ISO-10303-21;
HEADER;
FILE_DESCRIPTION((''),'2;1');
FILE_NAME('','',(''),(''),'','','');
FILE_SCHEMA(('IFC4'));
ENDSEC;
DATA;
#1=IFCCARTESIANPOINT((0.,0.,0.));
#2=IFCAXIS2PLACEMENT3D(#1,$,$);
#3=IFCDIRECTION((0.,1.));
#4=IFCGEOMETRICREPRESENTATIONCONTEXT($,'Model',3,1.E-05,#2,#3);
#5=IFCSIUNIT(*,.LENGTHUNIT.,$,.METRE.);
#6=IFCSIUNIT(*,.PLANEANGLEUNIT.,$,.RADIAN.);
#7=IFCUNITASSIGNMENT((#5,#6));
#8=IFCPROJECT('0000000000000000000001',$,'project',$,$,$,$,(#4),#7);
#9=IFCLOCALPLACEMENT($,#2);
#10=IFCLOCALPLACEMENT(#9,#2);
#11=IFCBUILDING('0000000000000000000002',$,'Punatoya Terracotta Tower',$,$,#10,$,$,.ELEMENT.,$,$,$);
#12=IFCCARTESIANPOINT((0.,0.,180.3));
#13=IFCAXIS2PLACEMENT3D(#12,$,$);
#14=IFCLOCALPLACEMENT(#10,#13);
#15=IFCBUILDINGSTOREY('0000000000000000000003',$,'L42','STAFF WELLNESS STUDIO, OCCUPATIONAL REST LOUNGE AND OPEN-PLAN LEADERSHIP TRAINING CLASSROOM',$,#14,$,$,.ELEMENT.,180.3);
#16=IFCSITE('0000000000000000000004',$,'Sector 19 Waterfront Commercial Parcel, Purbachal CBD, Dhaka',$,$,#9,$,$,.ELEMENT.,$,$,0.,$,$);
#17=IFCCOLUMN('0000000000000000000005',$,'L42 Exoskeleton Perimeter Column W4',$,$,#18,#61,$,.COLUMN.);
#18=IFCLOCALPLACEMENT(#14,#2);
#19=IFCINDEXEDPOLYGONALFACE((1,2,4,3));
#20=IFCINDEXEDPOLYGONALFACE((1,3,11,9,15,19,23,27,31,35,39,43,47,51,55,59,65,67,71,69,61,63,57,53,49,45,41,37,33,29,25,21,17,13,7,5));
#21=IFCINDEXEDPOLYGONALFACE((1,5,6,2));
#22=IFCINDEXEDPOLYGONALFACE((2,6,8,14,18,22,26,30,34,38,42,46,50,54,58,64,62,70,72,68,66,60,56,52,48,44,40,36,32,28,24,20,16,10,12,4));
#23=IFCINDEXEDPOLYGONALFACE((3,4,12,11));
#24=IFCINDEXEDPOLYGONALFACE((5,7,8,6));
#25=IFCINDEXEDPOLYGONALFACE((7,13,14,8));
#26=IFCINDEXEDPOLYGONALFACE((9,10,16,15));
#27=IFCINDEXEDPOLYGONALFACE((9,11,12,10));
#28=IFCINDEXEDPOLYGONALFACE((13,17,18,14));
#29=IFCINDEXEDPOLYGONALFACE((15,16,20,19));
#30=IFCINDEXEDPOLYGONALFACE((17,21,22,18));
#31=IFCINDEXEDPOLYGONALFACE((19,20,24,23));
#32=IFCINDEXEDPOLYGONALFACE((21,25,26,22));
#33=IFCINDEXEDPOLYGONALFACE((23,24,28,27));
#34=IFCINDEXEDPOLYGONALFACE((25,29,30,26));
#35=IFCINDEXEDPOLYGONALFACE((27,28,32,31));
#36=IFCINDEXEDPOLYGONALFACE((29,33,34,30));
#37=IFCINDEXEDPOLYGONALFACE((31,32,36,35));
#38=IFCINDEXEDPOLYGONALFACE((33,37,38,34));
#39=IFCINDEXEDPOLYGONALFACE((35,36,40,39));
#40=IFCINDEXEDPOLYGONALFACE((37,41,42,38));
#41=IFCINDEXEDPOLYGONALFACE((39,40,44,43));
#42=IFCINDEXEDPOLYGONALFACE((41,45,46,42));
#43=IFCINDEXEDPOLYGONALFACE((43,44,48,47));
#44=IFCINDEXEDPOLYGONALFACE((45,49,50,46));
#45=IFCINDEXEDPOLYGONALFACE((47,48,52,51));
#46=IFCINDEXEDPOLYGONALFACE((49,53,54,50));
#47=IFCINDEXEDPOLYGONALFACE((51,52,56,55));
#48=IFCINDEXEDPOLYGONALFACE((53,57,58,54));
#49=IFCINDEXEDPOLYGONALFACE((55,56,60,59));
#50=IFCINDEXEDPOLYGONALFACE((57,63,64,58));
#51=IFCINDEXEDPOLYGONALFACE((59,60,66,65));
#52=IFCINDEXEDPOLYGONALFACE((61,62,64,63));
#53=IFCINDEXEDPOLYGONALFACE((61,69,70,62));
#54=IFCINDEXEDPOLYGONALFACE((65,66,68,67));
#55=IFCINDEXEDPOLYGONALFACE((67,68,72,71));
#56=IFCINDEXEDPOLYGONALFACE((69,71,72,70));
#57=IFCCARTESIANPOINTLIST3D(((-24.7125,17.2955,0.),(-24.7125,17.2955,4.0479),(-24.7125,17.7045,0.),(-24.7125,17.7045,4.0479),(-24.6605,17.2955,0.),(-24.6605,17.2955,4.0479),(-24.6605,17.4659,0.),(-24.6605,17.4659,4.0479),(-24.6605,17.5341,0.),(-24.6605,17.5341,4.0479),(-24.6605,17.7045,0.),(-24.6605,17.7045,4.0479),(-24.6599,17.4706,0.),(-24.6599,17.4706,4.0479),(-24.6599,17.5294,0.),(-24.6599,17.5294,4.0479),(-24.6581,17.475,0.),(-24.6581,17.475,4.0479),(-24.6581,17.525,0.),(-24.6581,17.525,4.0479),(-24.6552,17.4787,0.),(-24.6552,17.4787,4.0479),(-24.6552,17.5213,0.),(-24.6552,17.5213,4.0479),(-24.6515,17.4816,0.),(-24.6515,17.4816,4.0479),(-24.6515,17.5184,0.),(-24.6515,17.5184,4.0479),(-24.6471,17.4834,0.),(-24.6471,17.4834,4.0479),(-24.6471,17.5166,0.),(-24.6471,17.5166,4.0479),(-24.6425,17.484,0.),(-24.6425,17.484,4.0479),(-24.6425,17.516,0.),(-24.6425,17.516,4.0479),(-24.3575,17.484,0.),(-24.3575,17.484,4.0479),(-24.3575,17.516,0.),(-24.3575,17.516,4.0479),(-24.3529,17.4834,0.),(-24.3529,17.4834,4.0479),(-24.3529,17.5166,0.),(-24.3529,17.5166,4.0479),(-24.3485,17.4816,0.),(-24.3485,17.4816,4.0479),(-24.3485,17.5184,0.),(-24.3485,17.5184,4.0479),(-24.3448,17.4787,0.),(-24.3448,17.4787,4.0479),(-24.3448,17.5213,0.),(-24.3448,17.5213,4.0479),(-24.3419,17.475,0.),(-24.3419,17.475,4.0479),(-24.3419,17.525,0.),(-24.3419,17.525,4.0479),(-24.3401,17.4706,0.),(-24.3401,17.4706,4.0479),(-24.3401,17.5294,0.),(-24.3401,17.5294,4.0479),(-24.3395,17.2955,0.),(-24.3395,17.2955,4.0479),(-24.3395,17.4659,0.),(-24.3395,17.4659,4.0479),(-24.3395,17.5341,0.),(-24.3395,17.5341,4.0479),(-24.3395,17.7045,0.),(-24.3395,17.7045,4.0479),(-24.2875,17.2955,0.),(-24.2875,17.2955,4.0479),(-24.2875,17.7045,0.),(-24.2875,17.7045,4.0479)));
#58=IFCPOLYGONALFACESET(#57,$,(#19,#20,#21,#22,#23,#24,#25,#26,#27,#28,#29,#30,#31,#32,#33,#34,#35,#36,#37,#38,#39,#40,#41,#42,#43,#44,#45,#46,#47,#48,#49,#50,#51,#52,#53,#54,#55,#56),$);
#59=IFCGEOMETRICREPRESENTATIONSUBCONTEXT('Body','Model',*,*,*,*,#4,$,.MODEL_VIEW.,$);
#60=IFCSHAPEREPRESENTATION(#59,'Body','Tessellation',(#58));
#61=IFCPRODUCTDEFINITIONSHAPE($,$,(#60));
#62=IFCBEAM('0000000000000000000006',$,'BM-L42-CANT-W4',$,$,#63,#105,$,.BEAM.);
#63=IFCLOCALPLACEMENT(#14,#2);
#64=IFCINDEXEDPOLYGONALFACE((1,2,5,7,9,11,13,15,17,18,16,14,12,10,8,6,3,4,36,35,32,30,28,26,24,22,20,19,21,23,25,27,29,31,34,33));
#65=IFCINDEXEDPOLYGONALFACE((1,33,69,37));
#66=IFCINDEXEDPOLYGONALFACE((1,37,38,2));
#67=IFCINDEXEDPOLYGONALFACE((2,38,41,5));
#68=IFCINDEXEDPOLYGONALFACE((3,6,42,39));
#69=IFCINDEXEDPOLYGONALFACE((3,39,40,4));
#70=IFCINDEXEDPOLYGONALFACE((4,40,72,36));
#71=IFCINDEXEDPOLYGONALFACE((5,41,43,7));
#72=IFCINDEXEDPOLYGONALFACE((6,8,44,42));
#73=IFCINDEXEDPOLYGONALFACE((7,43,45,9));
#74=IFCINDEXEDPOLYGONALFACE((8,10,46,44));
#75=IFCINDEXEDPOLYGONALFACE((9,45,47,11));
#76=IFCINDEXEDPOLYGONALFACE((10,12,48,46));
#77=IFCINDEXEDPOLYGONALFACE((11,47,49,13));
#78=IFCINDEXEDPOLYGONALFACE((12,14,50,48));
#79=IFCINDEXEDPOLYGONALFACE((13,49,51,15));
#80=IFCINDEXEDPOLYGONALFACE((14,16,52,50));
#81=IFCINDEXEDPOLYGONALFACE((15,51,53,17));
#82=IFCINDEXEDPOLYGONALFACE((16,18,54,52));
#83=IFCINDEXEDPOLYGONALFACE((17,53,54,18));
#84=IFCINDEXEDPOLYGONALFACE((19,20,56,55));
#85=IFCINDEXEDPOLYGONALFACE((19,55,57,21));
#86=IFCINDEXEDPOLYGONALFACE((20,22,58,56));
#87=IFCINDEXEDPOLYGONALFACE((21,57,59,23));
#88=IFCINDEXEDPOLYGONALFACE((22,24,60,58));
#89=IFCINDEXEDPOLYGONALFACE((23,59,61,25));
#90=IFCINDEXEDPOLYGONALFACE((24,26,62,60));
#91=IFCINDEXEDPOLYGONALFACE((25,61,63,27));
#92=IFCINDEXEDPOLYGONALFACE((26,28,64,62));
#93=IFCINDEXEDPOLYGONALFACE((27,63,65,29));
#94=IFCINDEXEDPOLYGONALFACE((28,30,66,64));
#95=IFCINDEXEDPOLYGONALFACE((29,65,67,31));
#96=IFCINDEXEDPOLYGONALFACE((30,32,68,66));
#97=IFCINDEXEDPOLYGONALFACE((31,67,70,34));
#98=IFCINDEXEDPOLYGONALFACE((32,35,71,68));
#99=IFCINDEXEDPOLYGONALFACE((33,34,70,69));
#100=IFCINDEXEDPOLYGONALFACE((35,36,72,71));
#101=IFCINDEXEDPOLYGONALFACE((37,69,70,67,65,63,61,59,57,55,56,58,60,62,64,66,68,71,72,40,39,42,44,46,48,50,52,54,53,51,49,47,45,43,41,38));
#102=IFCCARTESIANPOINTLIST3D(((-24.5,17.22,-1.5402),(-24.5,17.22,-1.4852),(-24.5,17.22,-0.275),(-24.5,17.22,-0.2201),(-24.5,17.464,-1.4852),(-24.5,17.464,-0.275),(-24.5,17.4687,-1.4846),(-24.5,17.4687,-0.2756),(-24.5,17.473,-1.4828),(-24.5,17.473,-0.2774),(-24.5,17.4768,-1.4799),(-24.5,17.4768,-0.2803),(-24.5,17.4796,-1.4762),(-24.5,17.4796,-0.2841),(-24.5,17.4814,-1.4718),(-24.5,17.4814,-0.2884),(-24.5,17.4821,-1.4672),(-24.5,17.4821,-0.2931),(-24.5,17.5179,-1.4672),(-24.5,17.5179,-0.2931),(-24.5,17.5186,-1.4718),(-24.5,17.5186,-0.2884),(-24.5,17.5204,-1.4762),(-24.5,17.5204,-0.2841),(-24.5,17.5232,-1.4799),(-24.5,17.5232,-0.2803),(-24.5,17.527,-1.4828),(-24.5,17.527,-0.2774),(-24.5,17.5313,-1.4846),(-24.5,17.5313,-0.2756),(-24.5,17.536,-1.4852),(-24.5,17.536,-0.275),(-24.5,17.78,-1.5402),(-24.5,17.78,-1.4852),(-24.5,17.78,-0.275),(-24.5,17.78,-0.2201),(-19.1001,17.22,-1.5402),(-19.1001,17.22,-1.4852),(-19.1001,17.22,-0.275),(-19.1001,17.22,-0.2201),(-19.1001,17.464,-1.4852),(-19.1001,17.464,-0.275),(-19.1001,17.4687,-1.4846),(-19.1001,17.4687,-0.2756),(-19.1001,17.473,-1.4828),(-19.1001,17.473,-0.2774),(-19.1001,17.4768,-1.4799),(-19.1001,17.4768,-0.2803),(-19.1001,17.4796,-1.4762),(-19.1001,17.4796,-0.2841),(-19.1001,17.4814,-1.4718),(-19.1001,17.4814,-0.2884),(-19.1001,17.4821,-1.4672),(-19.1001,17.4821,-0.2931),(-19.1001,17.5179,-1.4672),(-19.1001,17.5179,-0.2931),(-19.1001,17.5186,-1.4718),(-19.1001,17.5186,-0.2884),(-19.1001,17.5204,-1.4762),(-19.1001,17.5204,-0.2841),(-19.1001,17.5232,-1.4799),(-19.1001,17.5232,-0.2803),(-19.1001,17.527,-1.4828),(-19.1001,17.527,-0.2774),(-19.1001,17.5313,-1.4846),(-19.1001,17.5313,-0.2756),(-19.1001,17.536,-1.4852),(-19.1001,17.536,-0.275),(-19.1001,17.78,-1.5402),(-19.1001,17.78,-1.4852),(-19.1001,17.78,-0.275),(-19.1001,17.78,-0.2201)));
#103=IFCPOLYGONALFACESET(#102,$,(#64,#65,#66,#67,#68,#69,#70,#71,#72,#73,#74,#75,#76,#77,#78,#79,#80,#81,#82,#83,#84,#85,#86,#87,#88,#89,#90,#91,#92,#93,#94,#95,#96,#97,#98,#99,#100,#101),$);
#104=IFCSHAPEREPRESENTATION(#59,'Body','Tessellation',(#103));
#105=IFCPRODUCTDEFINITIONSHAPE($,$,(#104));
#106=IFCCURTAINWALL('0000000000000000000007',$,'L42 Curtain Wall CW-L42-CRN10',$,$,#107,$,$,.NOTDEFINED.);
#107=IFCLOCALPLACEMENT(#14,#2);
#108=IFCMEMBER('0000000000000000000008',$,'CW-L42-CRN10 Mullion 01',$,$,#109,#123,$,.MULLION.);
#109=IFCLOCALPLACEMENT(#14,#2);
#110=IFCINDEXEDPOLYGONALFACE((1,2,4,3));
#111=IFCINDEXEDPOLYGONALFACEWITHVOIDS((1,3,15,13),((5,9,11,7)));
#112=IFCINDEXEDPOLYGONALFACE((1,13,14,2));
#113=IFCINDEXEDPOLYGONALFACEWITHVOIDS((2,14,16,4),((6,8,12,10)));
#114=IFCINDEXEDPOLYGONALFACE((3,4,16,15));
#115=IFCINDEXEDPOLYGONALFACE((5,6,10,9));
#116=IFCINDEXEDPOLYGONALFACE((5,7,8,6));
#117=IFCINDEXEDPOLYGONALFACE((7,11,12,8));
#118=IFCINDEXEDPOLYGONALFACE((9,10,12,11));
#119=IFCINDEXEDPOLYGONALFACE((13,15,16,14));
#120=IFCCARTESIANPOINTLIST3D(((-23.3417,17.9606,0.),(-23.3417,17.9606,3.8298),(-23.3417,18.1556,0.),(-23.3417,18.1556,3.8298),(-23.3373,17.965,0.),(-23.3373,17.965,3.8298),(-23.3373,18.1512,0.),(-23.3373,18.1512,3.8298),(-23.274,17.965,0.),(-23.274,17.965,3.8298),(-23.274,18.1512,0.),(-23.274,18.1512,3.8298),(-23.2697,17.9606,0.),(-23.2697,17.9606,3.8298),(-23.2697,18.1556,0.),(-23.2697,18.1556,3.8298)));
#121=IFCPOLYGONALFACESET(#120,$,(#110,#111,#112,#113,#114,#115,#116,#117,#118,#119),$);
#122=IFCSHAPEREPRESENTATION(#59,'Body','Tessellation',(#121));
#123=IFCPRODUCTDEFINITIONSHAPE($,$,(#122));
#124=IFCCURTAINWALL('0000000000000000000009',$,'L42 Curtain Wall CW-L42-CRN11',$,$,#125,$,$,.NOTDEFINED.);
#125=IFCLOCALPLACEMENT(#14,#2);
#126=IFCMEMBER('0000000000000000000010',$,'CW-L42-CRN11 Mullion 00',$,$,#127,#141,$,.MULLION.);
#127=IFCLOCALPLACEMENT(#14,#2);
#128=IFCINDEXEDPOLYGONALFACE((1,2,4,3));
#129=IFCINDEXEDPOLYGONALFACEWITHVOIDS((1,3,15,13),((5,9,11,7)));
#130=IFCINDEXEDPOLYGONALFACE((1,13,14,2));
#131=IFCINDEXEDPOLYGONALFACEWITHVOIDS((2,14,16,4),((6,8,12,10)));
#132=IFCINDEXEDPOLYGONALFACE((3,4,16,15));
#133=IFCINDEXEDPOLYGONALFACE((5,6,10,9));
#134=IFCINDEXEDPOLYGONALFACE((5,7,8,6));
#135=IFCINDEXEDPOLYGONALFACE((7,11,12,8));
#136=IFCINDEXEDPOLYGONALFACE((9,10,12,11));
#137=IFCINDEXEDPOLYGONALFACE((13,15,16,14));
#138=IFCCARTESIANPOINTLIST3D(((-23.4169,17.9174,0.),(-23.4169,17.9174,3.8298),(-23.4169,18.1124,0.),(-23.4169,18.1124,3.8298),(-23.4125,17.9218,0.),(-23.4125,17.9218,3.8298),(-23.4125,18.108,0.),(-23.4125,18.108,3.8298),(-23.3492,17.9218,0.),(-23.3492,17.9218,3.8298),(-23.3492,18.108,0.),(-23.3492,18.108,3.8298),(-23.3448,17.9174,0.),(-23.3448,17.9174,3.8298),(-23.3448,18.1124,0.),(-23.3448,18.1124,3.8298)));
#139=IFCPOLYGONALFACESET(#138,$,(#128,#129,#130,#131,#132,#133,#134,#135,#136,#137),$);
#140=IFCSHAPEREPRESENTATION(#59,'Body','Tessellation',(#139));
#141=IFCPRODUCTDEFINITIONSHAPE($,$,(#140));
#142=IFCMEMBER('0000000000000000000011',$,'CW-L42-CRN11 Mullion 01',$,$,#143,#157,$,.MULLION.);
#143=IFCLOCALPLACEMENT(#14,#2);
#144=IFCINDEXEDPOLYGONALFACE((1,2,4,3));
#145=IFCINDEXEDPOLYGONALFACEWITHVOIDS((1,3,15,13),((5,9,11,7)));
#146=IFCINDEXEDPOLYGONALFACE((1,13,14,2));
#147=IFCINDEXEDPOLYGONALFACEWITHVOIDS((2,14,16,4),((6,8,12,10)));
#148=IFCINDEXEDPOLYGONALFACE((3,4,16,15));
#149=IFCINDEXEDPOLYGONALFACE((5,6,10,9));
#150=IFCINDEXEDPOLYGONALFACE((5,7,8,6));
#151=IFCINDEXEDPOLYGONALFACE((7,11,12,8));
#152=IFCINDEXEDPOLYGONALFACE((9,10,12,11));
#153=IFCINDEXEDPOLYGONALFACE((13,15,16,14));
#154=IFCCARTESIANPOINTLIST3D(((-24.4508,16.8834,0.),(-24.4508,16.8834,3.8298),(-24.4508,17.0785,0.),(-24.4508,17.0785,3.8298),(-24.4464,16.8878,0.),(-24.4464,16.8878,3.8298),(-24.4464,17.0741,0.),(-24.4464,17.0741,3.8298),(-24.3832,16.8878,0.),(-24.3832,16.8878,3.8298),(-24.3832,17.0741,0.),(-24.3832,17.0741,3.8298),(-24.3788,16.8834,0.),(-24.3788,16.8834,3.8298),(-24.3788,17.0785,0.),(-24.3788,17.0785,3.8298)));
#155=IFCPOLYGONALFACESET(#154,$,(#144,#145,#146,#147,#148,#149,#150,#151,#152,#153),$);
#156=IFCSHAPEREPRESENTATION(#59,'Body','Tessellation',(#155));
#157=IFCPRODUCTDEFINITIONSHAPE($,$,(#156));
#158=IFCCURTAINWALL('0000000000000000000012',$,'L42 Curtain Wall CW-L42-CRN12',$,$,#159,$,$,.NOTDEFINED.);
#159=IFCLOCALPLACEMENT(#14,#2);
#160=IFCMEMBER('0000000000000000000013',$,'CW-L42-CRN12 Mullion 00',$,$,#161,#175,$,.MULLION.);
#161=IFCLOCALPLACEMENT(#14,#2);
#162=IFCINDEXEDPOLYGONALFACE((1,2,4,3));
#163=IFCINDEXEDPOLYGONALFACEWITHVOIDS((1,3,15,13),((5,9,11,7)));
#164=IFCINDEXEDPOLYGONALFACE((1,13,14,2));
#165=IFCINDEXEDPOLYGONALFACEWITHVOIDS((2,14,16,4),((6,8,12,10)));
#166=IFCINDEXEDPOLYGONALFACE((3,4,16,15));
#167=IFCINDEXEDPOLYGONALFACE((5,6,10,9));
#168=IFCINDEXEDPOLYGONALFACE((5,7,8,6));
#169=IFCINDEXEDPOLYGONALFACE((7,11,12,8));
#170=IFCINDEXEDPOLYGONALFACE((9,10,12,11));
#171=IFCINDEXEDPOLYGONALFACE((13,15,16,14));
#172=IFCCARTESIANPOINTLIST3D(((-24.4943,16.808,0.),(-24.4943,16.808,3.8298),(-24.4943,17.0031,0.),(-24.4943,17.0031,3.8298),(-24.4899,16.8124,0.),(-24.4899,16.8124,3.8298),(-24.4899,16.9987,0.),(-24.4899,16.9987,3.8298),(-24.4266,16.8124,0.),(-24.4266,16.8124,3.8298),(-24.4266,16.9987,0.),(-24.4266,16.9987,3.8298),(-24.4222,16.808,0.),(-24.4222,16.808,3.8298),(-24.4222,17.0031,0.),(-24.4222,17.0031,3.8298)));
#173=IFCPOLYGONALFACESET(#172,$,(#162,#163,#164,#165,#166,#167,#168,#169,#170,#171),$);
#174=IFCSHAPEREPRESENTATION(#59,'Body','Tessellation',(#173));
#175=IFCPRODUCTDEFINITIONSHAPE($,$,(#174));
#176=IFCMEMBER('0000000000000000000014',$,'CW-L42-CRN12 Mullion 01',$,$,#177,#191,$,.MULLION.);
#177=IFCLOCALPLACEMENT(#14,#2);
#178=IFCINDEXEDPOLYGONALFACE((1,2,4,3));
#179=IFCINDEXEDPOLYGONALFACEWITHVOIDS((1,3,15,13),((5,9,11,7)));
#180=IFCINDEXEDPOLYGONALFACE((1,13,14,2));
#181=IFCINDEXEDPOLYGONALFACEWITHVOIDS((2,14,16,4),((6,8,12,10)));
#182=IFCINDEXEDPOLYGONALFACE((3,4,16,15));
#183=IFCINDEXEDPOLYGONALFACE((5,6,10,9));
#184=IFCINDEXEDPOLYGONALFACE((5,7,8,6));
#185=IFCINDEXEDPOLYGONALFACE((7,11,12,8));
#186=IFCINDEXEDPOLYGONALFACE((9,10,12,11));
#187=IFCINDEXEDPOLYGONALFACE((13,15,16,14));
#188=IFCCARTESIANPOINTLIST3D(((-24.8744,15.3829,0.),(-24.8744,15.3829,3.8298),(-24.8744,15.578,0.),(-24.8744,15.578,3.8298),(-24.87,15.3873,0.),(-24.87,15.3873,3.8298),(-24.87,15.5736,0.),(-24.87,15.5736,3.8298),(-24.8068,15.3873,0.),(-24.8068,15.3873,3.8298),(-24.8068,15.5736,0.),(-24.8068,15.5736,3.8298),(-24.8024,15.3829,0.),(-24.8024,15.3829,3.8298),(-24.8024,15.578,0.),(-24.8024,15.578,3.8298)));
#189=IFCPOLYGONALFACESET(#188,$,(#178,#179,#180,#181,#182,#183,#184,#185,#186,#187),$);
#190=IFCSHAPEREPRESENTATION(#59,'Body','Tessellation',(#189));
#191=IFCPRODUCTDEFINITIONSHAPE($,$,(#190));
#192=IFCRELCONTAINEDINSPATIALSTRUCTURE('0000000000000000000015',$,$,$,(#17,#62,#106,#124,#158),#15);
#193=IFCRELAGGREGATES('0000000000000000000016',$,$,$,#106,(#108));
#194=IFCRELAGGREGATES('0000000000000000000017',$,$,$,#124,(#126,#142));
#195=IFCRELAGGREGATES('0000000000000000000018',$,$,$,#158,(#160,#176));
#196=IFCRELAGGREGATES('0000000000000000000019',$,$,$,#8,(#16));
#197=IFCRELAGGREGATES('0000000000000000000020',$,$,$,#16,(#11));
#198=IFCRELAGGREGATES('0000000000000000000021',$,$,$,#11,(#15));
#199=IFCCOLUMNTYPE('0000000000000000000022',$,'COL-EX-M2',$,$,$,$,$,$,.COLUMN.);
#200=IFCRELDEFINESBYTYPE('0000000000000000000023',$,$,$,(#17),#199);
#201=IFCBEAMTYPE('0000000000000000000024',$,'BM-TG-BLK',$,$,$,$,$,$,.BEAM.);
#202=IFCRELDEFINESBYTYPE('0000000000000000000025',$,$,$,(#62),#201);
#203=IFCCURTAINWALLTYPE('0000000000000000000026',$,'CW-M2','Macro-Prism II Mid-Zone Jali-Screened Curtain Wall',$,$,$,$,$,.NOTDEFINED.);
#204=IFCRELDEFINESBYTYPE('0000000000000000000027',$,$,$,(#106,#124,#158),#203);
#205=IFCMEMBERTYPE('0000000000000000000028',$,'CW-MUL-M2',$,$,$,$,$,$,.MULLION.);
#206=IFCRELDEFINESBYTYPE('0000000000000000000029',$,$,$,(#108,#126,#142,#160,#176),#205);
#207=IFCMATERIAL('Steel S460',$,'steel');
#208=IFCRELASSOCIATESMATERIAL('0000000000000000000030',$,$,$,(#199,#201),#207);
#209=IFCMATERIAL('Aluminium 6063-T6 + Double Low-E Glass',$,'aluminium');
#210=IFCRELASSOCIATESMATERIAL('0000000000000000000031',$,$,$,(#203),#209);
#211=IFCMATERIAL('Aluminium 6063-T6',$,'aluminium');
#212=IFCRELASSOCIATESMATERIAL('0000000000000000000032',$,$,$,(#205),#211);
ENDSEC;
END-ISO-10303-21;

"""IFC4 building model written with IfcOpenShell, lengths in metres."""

from ifc_helpers import new_model, si_unit, direction, frame, origin, origin_2d, place, context, subcontext, project, spatial, hollow_rectangle, i_section, extrude, material, material_profile, profile_set, type_object, element, aggregate, save


model = new_model("IFC4")

# Units and contexts
model_context = context("Model", 3, precision=1e-05, world=origin(), true_north=direction((0.0, 1.0)))
body_context = subcontext(model_context, "Body", "Model", "MODEL_VIEW")
ifc_project = project(units=[si_unit("LENGTHUNIT", "METRE"), si_unit("PLANEANGLEUNIT", "RADIAN")], contexts=[model_context])

# Site, building, storey
site_placement = place(None, origin())
site = spatial("IfcSite", under=ifc_project, at=site_placement, Name="Sector 19 Waterfront Commercial Parcel, Purbachal CBD, Dhaka", CompositionType="ELEMENT", RefElevation=0.0)
building_placement = place(site_placement, origin())
building = spatial("IfcBuilding", under=site, at=building_placement, Name="Punatoya Terracotta Tower", CompositionType="ELEMENT")
storey_placement = place(building_placement, frame((0.0, 0.0, 180.3)))
storey = spatial("IfcBuildingStorey", under=building, at=storey_placement, Name="L42", Description="STAFF WELLNESS STUDIO, OCCUPATIONAL REST LOUNGE AND OPEN-PLAN LEADERSHIP TRAINING CLASSROOM", CompositionType="ELEMENT", Elevation=180.3)

# Column
ifc_material_1 = material(Name="Steel S460", Category="steel")
ifc_material_profile_1 = material_profile(ifc_material_1, i_section(OverallWidth=0.4089, OverallDepth=0.425, WebThickness=0.032, FlangeThickness=0.052, FilletRadius=0.0181, at=origin_2d()))
ifc_profile_set_1 = profile_set([ifc_material_profile_1], Name="Steel S460")
column_type = type_object("IfcColumnType", Name="COL-EX-M2", PredefinedType="COLUMN", material=ifc_profile_set_1)
column_placement = place(storey_placement, frame((-24.5, 17.5, 0.0), z_axis=(0.0, 0.0, 1.0), x_axis=(0.0, 1.0, 0.0)))
element("IfcColumn", 1, at=column_placement, inside=storey, type_object=column_type, Name="L42 Exoskeleton Perimeter Column W4", PredefinedType="COLUMN", context=body_context, shape_type="SweptSolid", body=[
    extrude(i_section(OverallWidth=0.4089, OverallDepth=0.425, WebThickness=0.032, FlangeThickness=0.052, FilletRadius=0.0181, at=origin_2d()), origin(), (0.0, 0.0, 1.0), 4.0479),
])

# Beam
ifc_material_profile_2 = material_profile(ifc_material_1, i_section(OverallWidth=0.5601, OverallDepth=1.3201, WebThickness=0.0359, FlangeThickness=0.0549, FilletRadius=0.0181, at=origin_2d()))
ifc_profile_set_2 = profile_set([ifc_material_profile_2], Name="Steel S460")
beam_type = type_object("IfcBeamType", Name="BM-TG-BLK", PredefinedType="BEAM", material=ifc_profile_set_2)
beam_placement = place(storey_placement, frame((-24.5, 17.5, -0.8801), z_axis=(1.0, 0.0, 0.0), x_axis=(0.0, 1.0, 0.0)))
element("IfcBeam", 2, at=beam_placement, inside=storey, type_object=beam_type, Name="BM-L42-CANT-W4", PredefinedType="BEAM", context=body_context, shape_type="SweptSolid", body=[
    extrude(i_section(OverallWidth=0.5601, OverallDepth=1.3201, WebThickness=0.0359, FlangeThickness=0.0549, FilletRadius=0.0181, at=origin_2d()), origin(), (0.0, 0.0, 1.0), 5.3999),
])

# Curtain wall, member
ifc_material_2 = material(Name="Aluminium 6063-T6 + Double Low-E Glass", Category="aluminium")
curtain_wall_type = type_object("IfcCurtainWallType", Name="CW-M2", Description="Macro-Prism II Mid-Zone Jali-Screened Curtain Wall", PredefinedType="NOTDEFINED", material=ifc_material_2)
curtain_wall_1_placement = place(storey_placement, origin())
curtain_wall_1 = element("IfcCurtainWall", 3, at=curtain_wall_1_placement, inside=storey, type_object=curtain_wall_type, Name="L42 Curtain Wall CW-L42-CRN10", PredefinedType="NOTDEFINED")
ifc_material_3 = material(Name="Aluminium 6063-T6", Category="aluminium")
ifc_material_profile_3 = material_profile(ifc_material_3, hollow_rectangle(XDim=0.072, YDim=0.1951, WallThickness=0.0044, at=origin_2d()))
ifc_profile_set_3 = profile_set([ifc_material_profile_3], Name="Aluminium 6063-T6")
member_type_1 = type_object("IfcMemberType", Name="CW-MUL-M2", PredefinedType="MULLION", material=ifc_profile_set_3)
member_1_placement = place(storey_placement, frame((-23.3057, 18.0581, 0.0), z_axis=(0.0, 0.0, 1.0), x_axis=(1.0, 0.0, 0.0)))
member_1 = element("IfcMember", 4, at=member_1_placement, type_object=member_type_1, Name="CW-L42-CRN10 Mullion 01", PredefinedType="MULLION", context=body_context, shape_type="SweptSolid", body=[
    extrude(hollow_rectangle(XDim=0.072, YDim=0.1951, WallThickness=0.0044, at=origin_2d()), origin(), (0.0, 0.0, 1.0), 3.8298),
])

# Curtain walls, members
curtain_wall_2_placement = place(storey_placement, origin())
curtain_wall_2 = element("IfcCurtainWall", 5, at=curtain_wall_2_placement, inside=storey, type_object=curtain_wall_type, Name="L42 Curtain Wall CW-L42-CRN11", PredefinedType="NOTDEFINED")
member_2_placement = place(storey_placement, frame((-23.3809, 18.0149, 0.0), z_axis=(0.0, 0.0, 1.0), x_axis=(1.0, 0.0, 0.0)))
member_2 = element("IfcMember", 6, at=member_2_placement, type_object=member_type_1, Name="CW-L42-CRN11 Mullion 00", PredefinedType="MULLION", context=body_context, shape_type="SweptSolid", body=[
    extrude(hollow_rectangle(XDim=0.072, YDim=0.1951, WallThickness=0.0044, at=origin_2d()), origin(), (0.0, 0.0, 1.0), 3.8298),
])
member_3_placement = place(storey_placement, frame((-24.4148, 16.981, 0.0), z_axis=(0.0, 0.0, 1.0), x_axis=(1.0, 0.0, 0.0)))
member_3 = element("IfcMember", 7, at=member_3_placement, type_object=member_type_1, Name="CW-L42-CRN11 Mullion 01", PredefinedType="MULLION", context=body_context, shape_type="SweptSolid", body=[
    extrude(hollow_rectangle(XDim=0.072, YDim=0.1951, WallThickness=0.0044, at=origin_2d()), origin(), (0.0, 0.0, 1.0), 3.8298),
])
curtain_wall_3_placement = place(storey_placement, origin())
curtain_wall_3 = element("IfcCurtainWall", 8, at=curtain_wall_3_placement, inside=storey, type_object=curtain_wall_type, Name="L42 Curtain Wall CW-L42-CRN12", PredefinedType="NOTDEFINED")
member_4_placement = place(storey_placement, frame((-24.4583, 16.9055, 0.0), z_axis=(0.0, 0.0, 1.0), x_axis=(1.0, 0.0, 0.0)))
member_4 = element("IfcMember", 9, at=member_4_placement, type_object=member_type_1, Name="CW-L42-CRN12 Mullion 00", PredefinedType="MULLION", context=body_context, shape_type="SweptSolid", body=[
    extrude(hollow_rectangle(XDim=0.072, YDim=0.1951, WallThickness=0.0044, at=origin_2d()), origin(), (0.0, 0.0, 1.0), 3.8298),
])
member_5_placement = place(storey_placement, frame((-24.8384, 15.4805, 0.0), z_axis=(0.0, 0.0, 1.0), x_axis=(1.0, 0.0, 0.0)))
member_5 = element("IfcMember", 10, at=member_5_placement, type_object=member_type_1, Name="CW-L42-CRN12 Mullion 01", PredefinedType="MULLION", context=body_context, shape_type="SweptSolid", body=[
    extrude(hollow_rectangle(XDim=0.072, YDim=0.1951, WallThickness=0.0044, at=origin_2d()), origin(), (0.0, 0.0, 1.0), 3.8298),
])

aggregate(curtain_wall_1, [member_1])
aggregate(curtain_wall_2, [member_2, member_3])
aggregate(curtain_wall_3, [member_4, member_5])

save(model, "model.ifc")
